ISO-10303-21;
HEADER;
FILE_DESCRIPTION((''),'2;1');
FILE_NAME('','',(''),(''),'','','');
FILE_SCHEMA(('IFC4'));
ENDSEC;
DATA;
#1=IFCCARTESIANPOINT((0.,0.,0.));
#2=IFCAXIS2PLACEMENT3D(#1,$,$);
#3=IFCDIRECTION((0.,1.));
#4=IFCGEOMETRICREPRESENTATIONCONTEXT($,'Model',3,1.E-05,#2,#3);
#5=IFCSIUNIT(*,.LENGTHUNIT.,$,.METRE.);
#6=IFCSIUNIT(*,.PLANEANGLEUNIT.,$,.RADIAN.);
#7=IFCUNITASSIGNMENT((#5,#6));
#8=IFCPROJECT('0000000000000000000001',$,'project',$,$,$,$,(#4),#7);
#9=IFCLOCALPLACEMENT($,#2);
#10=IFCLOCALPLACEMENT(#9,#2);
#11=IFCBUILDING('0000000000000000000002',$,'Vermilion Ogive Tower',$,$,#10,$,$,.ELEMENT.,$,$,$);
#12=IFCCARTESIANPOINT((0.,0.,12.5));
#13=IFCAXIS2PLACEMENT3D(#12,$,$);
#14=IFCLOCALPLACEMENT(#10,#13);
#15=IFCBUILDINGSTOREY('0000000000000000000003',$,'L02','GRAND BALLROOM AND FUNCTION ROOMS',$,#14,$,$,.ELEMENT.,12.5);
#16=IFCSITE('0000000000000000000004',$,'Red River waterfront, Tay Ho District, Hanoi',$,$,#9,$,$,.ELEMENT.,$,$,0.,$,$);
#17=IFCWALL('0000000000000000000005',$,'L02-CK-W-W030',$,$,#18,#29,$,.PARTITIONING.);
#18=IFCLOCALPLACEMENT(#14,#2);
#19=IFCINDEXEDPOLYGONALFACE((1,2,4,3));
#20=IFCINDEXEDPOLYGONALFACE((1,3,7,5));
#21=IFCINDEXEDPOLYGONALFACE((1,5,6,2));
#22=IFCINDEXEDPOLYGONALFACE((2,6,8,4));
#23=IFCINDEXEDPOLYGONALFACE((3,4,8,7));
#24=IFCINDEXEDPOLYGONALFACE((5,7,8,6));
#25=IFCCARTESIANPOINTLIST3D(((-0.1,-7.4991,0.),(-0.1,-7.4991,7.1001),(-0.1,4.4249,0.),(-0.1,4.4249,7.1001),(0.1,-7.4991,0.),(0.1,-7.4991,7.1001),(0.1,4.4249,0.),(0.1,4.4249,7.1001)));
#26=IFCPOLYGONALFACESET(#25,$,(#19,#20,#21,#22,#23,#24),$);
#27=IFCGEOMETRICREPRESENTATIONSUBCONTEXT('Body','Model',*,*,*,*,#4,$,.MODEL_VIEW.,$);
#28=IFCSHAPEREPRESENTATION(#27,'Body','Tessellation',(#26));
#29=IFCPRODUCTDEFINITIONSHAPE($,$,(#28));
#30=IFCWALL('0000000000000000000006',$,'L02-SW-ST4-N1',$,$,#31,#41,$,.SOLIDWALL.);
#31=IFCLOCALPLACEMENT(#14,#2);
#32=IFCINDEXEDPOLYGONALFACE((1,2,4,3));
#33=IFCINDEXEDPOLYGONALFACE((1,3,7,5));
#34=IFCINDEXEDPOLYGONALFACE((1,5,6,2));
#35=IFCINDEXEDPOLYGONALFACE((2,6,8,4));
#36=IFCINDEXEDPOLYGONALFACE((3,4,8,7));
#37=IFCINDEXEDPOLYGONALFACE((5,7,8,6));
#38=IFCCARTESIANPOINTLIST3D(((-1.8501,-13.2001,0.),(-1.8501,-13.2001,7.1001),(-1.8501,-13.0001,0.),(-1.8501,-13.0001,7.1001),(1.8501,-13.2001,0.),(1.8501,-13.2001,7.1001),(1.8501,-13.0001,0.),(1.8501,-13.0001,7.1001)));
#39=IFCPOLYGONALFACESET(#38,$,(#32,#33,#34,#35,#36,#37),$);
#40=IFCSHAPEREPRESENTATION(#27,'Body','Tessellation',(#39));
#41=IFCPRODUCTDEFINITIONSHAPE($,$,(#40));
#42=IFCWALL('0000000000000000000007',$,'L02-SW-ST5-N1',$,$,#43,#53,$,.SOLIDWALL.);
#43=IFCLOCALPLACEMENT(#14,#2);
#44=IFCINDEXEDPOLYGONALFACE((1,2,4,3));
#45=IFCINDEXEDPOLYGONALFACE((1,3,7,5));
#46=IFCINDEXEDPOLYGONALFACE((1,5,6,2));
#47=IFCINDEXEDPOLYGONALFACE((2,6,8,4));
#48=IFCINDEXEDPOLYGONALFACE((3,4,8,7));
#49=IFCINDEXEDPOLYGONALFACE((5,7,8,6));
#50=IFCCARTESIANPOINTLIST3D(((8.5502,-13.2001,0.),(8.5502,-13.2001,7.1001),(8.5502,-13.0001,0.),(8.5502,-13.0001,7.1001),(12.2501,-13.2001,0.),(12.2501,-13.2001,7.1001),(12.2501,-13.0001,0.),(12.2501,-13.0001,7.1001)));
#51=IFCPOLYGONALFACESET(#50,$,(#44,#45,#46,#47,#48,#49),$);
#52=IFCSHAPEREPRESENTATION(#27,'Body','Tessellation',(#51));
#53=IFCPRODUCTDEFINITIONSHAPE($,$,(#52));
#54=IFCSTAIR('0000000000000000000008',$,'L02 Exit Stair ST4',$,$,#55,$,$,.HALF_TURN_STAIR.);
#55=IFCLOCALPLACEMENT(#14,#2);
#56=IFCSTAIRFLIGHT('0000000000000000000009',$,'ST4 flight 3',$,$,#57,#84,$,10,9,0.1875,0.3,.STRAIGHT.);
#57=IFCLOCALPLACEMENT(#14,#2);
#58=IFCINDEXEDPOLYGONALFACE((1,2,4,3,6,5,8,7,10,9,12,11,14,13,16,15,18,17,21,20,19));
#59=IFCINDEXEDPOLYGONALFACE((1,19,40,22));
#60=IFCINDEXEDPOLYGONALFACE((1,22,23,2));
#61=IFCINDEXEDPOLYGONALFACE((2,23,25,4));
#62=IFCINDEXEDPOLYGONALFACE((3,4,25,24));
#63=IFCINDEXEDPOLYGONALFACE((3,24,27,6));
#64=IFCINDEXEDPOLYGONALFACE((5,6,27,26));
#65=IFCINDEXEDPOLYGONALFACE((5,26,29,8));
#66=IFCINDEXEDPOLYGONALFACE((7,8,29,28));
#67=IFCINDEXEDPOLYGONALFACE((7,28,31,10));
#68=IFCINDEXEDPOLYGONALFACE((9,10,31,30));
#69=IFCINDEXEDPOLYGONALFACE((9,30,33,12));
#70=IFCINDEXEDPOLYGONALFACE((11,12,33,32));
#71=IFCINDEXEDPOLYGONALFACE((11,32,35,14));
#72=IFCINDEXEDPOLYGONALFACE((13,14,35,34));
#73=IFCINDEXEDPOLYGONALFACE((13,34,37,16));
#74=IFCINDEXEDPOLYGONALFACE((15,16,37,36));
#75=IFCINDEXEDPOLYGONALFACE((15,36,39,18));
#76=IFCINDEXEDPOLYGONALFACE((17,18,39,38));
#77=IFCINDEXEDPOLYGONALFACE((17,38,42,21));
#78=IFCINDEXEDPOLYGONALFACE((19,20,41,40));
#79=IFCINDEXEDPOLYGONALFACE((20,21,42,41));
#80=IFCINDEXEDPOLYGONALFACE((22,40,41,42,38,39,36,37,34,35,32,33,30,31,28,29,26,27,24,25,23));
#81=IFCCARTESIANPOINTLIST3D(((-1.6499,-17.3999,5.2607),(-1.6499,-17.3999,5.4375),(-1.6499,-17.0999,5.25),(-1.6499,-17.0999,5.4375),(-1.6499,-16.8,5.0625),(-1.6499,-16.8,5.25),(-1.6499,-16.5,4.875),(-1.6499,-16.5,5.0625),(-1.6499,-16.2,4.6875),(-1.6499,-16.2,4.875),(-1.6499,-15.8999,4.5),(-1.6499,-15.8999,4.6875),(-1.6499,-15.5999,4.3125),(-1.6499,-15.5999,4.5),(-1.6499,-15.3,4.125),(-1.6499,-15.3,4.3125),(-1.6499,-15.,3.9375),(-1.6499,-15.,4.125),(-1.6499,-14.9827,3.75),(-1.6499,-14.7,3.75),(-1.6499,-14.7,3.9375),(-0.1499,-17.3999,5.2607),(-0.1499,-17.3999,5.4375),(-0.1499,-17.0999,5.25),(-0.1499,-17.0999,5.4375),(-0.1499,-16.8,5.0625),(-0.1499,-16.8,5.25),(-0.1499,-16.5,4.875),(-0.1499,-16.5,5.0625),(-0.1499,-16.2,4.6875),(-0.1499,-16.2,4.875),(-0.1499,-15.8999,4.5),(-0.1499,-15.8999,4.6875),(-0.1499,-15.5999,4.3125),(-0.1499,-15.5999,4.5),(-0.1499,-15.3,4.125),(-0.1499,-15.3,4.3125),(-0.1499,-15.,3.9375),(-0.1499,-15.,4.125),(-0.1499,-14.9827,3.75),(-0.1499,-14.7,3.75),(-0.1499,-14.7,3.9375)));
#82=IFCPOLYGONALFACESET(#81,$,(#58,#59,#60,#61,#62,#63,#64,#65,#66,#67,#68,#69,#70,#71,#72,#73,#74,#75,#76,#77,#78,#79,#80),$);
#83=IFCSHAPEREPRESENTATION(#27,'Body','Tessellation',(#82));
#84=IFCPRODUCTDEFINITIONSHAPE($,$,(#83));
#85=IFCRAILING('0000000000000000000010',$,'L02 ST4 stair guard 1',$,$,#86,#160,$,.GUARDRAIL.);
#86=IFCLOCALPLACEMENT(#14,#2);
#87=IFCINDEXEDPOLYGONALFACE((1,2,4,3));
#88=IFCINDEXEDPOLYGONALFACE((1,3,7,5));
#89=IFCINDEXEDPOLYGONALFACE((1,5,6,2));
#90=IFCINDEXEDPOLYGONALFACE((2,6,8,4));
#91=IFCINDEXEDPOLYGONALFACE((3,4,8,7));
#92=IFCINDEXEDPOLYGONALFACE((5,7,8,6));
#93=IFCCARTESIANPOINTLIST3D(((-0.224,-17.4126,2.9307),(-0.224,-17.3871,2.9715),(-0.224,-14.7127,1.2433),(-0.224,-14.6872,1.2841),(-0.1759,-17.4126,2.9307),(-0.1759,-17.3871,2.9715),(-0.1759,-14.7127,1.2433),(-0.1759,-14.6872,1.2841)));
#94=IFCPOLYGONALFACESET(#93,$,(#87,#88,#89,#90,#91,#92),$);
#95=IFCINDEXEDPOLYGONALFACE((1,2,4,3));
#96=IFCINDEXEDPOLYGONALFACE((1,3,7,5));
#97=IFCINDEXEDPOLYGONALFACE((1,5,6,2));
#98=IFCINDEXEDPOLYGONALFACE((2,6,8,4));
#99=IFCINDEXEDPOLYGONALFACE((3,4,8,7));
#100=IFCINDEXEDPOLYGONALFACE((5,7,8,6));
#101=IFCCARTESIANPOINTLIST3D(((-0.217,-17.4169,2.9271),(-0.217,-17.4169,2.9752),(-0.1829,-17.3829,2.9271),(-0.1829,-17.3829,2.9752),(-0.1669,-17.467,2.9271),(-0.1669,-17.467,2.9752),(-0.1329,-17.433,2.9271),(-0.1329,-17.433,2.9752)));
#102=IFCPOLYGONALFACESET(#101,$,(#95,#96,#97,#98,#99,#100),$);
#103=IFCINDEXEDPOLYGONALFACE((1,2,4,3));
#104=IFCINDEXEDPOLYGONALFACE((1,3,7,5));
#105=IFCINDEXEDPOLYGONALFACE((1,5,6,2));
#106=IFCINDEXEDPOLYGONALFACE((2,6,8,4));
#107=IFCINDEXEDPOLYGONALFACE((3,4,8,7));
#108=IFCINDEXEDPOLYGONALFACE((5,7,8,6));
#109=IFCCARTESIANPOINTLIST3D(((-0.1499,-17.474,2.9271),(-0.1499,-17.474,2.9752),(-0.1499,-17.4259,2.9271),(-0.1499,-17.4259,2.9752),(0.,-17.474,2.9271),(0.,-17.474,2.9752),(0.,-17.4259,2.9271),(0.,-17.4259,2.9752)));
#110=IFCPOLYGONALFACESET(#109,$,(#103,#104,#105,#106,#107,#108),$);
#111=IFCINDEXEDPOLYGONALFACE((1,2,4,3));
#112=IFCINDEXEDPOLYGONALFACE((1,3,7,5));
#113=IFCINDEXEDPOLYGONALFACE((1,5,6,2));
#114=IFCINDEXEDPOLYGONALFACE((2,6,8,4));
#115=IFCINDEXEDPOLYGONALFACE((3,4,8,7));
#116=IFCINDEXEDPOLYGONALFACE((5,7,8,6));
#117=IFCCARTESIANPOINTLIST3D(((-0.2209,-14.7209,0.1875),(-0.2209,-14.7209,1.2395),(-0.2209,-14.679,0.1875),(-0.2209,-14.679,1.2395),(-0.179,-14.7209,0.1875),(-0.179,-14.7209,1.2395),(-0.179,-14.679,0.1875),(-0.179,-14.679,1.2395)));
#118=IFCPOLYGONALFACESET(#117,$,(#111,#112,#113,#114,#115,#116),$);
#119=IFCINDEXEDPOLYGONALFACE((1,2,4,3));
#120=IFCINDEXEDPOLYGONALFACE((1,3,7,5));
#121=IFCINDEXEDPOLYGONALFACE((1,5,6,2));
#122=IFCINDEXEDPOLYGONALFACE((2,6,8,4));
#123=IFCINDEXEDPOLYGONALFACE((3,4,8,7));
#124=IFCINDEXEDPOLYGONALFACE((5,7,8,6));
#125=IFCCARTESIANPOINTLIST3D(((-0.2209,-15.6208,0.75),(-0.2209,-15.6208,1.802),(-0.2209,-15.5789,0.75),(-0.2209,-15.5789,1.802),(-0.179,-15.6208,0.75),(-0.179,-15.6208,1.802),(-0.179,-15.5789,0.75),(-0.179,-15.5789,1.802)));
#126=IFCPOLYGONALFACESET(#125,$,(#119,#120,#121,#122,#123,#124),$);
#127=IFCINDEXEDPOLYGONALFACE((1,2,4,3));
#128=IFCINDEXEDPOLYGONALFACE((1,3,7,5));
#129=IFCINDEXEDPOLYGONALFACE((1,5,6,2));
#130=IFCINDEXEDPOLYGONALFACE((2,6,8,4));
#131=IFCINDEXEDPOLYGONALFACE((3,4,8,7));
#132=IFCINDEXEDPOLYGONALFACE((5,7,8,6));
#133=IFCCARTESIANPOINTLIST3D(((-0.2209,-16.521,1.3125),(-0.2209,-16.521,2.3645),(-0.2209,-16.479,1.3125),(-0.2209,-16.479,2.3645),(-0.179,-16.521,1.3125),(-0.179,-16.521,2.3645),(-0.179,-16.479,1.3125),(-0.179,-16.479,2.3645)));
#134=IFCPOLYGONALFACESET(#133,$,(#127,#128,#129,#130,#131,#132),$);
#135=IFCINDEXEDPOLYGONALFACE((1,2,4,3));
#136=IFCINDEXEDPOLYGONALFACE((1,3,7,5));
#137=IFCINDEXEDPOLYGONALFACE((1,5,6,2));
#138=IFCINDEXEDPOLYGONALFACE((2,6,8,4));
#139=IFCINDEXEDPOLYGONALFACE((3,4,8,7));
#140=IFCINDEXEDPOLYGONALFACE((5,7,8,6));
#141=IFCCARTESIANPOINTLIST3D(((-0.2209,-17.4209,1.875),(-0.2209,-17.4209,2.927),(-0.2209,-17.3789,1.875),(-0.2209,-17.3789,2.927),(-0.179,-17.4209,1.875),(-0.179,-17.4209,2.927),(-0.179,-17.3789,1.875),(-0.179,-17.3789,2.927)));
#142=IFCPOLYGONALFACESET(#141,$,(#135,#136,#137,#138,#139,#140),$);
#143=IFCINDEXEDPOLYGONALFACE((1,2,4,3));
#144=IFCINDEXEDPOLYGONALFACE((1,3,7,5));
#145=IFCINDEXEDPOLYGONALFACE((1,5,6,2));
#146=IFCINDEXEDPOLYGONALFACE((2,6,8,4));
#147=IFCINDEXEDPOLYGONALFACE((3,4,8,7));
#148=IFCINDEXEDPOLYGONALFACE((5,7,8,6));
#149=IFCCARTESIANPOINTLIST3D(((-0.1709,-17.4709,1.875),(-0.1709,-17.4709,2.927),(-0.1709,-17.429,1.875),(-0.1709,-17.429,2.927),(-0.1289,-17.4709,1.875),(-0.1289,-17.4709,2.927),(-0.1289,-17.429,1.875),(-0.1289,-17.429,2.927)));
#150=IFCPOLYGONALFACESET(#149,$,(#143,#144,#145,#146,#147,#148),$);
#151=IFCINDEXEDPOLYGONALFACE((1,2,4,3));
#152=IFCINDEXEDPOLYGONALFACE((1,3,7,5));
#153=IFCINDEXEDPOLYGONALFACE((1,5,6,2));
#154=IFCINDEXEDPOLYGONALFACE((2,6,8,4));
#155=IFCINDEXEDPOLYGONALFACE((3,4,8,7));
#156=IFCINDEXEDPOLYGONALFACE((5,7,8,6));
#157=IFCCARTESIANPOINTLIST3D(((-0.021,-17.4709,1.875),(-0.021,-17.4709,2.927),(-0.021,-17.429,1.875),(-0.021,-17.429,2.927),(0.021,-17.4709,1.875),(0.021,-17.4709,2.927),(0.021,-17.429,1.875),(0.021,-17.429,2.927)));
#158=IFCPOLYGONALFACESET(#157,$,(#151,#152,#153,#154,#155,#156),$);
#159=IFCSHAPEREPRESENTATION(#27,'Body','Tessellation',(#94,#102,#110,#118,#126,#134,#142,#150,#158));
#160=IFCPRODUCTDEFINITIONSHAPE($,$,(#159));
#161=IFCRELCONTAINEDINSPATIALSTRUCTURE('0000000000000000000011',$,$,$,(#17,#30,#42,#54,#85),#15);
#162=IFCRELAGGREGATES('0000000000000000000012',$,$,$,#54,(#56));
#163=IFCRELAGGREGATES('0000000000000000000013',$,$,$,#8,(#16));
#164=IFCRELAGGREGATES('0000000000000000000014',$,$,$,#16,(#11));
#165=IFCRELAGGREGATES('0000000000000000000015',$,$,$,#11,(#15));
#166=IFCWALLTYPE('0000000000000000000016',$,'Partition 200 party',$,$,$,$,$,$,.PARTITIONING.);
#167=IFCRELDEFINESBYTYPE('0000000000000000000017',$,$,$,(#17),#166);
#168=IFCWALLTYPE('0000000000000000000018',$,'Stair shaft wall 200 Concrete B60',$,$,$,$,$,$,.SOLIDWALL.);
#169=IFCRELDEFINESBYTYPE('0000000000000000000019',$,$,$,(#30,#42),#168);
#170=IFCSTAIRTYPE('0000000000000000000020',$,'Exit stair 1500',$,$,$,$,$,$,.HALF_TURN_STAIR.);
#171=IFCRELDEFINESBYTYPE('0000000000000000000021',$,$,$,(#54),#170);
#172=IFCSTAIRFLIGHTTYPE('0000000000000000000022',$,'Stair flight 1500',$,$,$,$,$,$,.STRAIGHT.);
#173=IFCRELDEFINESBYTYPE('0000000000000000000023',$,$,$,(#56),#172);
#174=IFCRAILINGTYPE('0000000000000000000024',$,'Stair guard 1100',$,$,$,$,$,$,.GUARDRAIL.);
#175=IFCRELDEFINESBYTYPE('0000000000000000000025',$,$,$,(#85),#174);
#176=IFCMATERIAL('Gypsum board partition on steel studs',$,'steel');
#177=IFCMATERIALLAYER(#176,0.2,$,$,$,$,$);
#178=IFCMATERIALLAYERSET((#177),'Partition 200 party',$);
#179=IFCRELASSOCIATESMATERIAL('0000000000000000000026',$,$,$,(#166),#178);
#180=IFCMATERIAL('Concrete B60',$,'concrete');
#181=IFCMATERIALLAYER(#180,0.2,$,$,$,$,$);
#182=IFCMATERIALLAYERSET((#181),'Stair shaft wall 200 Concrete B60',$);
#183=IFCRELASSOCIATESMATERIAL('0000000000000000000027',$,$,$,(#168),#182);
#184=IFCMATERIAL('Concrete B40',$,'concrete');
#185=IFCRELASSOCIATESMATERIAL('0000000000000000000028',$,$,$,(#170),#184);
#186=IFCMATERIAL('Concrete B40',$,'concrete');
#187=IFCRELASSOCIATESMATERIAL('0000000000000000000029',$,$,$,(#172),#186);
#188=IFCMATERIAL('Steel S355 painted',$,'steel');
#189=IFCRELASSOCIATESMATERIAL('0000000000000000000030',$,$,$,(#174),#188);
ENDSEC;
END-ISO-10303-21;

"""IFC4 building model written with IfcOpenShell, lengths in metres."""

from ifc_helpers import new_model, si_unit, direction, frame, frame_2d, origin, origin_2d, place, context, subcontext, project, spatial, polyline, rectangle, outline, extrude, material, layer, layer_set, type_object, element, aggregate, save


model = new_model("IFC4")

# Units and contexts
model_context = context("Model", 3, precision=1e-05, world=origin(), true_north=direction((0.0, 1.0)))
body_context = subcontext(model_context, "Body", "Model", "MODEL_VIEW")
ifc_project = project(units=[si_unit("LENGTHUNIT", "METRE"), si_unit("PLANEANGLEUNIT", "RADIAN")], contexts=[model_context])

# Site, building, storey
site_placement = place(None, origin())
site = spatial("IfcSite", under=ifc_project, at=site_placement, Name="Red River waterfront, Tay Ho District, Hanoi", CompositionType="ELEMENT", RefElevation=0.0)
building_placement = place(site_placement, origin())
building = spatial("IfcBuilding", under=site, at=building_placement, Name="Vermilion Ogive Tower", CompositionType="ELEMENT")
storey_placement = place(building_placement, frame((0.0, 0.0, 12.5)))
storey = spatial("IfcBuildingStorey", under=building, at=storey_placement, Name="L02", Description="GRAND BALLROOM AND FUNCTION ROOMS", CompositionType="ELEMENT", Elevation=12.5)

# Walls
ifc_material_1 = material(Name="Gypsum board partition on steel studs", Category="steel")
ifc_layer_1 = layer(ifc_material_1, 0.2)
ifc_layer_set_1 = layer_set([ifc_layer_1], Name="Partition 200 party")
wall_type_1 = type_object("IfcWallType", Name="Partition 200 party", PredefinedType="PARTITIONING", material=ifc_layer_set_1)
wall_1_placement = place(storey_placement, frame((0.0, -7.499, 0.0), z_axis=(0.0, 0.0, 1.0), x_axis=(0.0, 1.0, 0.0)))
element("IfcWall", 1, at=wall_1_placement, inside=storey, type_object=wall_type_1, Name="L02-CK-W-W030", PredefinedType="PARTITIONING", context=body_context, shape_type="SweptSolid", body=[
    extrude(rectangle(XDim=11.9241, YDim=0.2, at=frame_2d((5.9619, 0.0))), origin(), (0.0, 0.0, 1.0), 7.1001),
])
ifc_material_2 = material(Name="Concrete B60", Category="concrete")
ifc_layer_2 = layer(ifc_material_2, 0.2)
ifc_layer_set_2 = layer_set([ifc_layer_2], Name="Stair shaft wall 200 Concrete B60")
wall_type_2 = type_object("IfcWallType", Name="Stair shaft wall 200 Concrete B60", PredefinedType="SOLIDWALL", material=ifc_layer_set_2)
wall_2_placement = place(storey_placement, frame((-1.8501, -13.1001, 0.0), z_axis=(0.0, 0.0, 1.0), x_axis=(1.0, 0.0, 0.0)))
element("IfcWall", 2, at=wall_2_placement, inside=storey, type_object=wall_type_2, Name="L02-SW-ST4-N1", PredefinedType="SOLIDWALL", context=body_context, shape_type="SweptSolid", body=[
    extrude(rectangle(XDim=3.7002, YDim=0.2, at=frame_2d((1.8501, 0.0))), origin(), (0.0, 0.0, 1.0), 7.1001),
])
wall_3_placement = place(storey_placement, frame((8.55, -13.1001, 0.0), z_axis=(0.0, 0.0, 1.0), x_axis=(1.0, 0.0, 0.0)))
element("IfcWall", 3, at=wall_3_placement, inside=storey, type_object=wall_type_2, Name="L02-SW-ST5-N1", PredefinedType="SOLIDWALL", context=body_context, shape_type="SweptSolid", body=[
    extrude(rectangle(XDim=3.7, YDim=0.2, at=frame_2d((1.8501, 0.0))), origin(), (0.0, 0.0, 1.0), 7.1001),
])

# Stair, stair flight
ifc_material_3 = material(Name="Concrete B40", Category="concrete")
stair_type = type_object("IfcStairType", Name="Exit stair 1500", PredefinedType="HALF_TURN_STAIR", material=ifc_material_3)
stair_placement = place(storey_placement, origin())
stair = element("IfcStair", 4, at=stair_placement, inside=storey, type_object=stair_type, Name="L02 Exit Stair ST4", PredefinedType="HALF_TURN_STAIR")
ifc_material_4 = material(Name="Concrete B40", Category="concrete")
stair_flight_type = type_object("IfcStairFlightType", Name="Stair flight 1500", PredefinedType="STRAIGHT", material=ifc_material_4)
stair_flight_placement = place(storey_placement, frame((-0.8999, -14.7, 3.75), z_axis=(0.0, 0.0, 1.0), x_axis=(0.0, -1.0, 0.0)))
stair_flight = element("IfcStairFlight", 5, at=stair_flight_placement, type_object=stair_flight_type, Name="ST4 flight 3", NumberOfRisers=10, NumberOfTreads=9, PredefinedType="STRAIGHT", RiserHeight=0.1875, TreadLength=0.3, context=body_context, shape_type="SweptSolid", body=[
    extrude(outline(polyline([(0.0, 0.0), (0.0, 0.1875), (0.3, 0.1875), (0.3, 0.375), (0.6001, 0.375), (0.6001, 0.5625), (0.8999, 0.5625), (0.8999, 0.75), (1.2, 0.75), (1.2, 0.9375), (1.5, 0.9375), (1.5, 1.125), (1.8, 1.125), (1.8, 1.3125), (2.1001, 1.3125), (2.1001, 1.5), (2.3999, 1.5), (2.3999, 1.6875), (2.7, 1.6875), (2.7, 1.875), (2.7, 1.5107), (0.2827, 0.0), (0.0, 0.0)])), frame((0.0, 0.75, 0.0), z_axis=(0.0, -1.0, 0.0), x_axis=(1.0, 0.0, 0.0)), (0.0, 0.0, 1.0), 1.5),
])
aggregate(stair, [stair_flight])

# Railing
ifc_material_5 = material(Name="Steel S355 painted", Category="steel")
railing_type_1 = type_object("IfcRailingType", Name="Stair guard 1100", PredefinedType="GUARDRAIL", material=ifc_material_5)
for number, where, name in (
    (6, (-0.2, -14.7, 0.1875), "L02 ST4 stair guard 1"),
):
    element("IfcRailing", number, at=place(storey_placement, frame(where)), inside=storey, type_object=railing_type_1, Name=name, PredefinedType="GUARDRAIL", context=body_context, shape_type="SweptSolid", body=[
        extrude(rectangle(XDim=0.0481, YDim=0.0481, at=origin_2d()), frame((0.0, 0.0, 1.0762), z_axis=(0.0, -0.847994, 0.530006), x_axis=(1.0, 0.0, 0.0)), (0.0, 0.0, 1.0), 3.1838),
        extrude(rectangle(XDim=0.0481, YDim=0.0481, at=origin_2d()), frame((0.0, -2.7, 2.7637), z_axis=(0.707107, -0.707107, 0.0), x_axis=(0.707107, 0.707107, 0.0)), (0.0, 0.0, 1.0), 0.0708),
        extrude(rectangle(XDim=0.0481, YDim=0.0481, at=origin_2d()), frame((0.05, -2.75, 2.7637), z_axis=(1.0, 0.0, 0.0), x_axis=(0.0, 1.0, 0.0)), (0.0, 0.0, 1.0), 0.1499),
        extrude(rectangle(XDim=0.042, YDim=0.042, at=origin_2d()), origin(), (0.0, 0.0, 1.0), 1.052),
        extrude(rectangle(XDim=0.042, YDim=0.042, at=origin_2d()), frame((0.0, -0.8999, 0.5625)), (0.0, 0.0, 1.0), 1.052),
        extrude(rectangle(XDim=0.042, YDim=0.042, at=origin_2d()), frame((0.0, -1.8, 1.125)), (0.0, 0.0, 1.0), 1.052),
        extrude(rectangle(XDim=0.042, YDim=0.042, at=origin_2d()), frame((0.0, -2.7, 1.6875)), (0.0, 0.0, 1.0), 1.052),
        extrude(rectangle(XDim=0.042, YDim=0.042, at=origin_2d()), frame((0.05, -2.75, 1.6875)), (0.0, 0.0, 1.0), 1.052),
        extrude(rectangle(XDim=0.042, YDim=0.042, at=origin_2d()), frame((0.2, -2.75, 1.6875)), (0.0, 0.0, 1.0), 1.052),
    ])

save(model, "model.ifc")
